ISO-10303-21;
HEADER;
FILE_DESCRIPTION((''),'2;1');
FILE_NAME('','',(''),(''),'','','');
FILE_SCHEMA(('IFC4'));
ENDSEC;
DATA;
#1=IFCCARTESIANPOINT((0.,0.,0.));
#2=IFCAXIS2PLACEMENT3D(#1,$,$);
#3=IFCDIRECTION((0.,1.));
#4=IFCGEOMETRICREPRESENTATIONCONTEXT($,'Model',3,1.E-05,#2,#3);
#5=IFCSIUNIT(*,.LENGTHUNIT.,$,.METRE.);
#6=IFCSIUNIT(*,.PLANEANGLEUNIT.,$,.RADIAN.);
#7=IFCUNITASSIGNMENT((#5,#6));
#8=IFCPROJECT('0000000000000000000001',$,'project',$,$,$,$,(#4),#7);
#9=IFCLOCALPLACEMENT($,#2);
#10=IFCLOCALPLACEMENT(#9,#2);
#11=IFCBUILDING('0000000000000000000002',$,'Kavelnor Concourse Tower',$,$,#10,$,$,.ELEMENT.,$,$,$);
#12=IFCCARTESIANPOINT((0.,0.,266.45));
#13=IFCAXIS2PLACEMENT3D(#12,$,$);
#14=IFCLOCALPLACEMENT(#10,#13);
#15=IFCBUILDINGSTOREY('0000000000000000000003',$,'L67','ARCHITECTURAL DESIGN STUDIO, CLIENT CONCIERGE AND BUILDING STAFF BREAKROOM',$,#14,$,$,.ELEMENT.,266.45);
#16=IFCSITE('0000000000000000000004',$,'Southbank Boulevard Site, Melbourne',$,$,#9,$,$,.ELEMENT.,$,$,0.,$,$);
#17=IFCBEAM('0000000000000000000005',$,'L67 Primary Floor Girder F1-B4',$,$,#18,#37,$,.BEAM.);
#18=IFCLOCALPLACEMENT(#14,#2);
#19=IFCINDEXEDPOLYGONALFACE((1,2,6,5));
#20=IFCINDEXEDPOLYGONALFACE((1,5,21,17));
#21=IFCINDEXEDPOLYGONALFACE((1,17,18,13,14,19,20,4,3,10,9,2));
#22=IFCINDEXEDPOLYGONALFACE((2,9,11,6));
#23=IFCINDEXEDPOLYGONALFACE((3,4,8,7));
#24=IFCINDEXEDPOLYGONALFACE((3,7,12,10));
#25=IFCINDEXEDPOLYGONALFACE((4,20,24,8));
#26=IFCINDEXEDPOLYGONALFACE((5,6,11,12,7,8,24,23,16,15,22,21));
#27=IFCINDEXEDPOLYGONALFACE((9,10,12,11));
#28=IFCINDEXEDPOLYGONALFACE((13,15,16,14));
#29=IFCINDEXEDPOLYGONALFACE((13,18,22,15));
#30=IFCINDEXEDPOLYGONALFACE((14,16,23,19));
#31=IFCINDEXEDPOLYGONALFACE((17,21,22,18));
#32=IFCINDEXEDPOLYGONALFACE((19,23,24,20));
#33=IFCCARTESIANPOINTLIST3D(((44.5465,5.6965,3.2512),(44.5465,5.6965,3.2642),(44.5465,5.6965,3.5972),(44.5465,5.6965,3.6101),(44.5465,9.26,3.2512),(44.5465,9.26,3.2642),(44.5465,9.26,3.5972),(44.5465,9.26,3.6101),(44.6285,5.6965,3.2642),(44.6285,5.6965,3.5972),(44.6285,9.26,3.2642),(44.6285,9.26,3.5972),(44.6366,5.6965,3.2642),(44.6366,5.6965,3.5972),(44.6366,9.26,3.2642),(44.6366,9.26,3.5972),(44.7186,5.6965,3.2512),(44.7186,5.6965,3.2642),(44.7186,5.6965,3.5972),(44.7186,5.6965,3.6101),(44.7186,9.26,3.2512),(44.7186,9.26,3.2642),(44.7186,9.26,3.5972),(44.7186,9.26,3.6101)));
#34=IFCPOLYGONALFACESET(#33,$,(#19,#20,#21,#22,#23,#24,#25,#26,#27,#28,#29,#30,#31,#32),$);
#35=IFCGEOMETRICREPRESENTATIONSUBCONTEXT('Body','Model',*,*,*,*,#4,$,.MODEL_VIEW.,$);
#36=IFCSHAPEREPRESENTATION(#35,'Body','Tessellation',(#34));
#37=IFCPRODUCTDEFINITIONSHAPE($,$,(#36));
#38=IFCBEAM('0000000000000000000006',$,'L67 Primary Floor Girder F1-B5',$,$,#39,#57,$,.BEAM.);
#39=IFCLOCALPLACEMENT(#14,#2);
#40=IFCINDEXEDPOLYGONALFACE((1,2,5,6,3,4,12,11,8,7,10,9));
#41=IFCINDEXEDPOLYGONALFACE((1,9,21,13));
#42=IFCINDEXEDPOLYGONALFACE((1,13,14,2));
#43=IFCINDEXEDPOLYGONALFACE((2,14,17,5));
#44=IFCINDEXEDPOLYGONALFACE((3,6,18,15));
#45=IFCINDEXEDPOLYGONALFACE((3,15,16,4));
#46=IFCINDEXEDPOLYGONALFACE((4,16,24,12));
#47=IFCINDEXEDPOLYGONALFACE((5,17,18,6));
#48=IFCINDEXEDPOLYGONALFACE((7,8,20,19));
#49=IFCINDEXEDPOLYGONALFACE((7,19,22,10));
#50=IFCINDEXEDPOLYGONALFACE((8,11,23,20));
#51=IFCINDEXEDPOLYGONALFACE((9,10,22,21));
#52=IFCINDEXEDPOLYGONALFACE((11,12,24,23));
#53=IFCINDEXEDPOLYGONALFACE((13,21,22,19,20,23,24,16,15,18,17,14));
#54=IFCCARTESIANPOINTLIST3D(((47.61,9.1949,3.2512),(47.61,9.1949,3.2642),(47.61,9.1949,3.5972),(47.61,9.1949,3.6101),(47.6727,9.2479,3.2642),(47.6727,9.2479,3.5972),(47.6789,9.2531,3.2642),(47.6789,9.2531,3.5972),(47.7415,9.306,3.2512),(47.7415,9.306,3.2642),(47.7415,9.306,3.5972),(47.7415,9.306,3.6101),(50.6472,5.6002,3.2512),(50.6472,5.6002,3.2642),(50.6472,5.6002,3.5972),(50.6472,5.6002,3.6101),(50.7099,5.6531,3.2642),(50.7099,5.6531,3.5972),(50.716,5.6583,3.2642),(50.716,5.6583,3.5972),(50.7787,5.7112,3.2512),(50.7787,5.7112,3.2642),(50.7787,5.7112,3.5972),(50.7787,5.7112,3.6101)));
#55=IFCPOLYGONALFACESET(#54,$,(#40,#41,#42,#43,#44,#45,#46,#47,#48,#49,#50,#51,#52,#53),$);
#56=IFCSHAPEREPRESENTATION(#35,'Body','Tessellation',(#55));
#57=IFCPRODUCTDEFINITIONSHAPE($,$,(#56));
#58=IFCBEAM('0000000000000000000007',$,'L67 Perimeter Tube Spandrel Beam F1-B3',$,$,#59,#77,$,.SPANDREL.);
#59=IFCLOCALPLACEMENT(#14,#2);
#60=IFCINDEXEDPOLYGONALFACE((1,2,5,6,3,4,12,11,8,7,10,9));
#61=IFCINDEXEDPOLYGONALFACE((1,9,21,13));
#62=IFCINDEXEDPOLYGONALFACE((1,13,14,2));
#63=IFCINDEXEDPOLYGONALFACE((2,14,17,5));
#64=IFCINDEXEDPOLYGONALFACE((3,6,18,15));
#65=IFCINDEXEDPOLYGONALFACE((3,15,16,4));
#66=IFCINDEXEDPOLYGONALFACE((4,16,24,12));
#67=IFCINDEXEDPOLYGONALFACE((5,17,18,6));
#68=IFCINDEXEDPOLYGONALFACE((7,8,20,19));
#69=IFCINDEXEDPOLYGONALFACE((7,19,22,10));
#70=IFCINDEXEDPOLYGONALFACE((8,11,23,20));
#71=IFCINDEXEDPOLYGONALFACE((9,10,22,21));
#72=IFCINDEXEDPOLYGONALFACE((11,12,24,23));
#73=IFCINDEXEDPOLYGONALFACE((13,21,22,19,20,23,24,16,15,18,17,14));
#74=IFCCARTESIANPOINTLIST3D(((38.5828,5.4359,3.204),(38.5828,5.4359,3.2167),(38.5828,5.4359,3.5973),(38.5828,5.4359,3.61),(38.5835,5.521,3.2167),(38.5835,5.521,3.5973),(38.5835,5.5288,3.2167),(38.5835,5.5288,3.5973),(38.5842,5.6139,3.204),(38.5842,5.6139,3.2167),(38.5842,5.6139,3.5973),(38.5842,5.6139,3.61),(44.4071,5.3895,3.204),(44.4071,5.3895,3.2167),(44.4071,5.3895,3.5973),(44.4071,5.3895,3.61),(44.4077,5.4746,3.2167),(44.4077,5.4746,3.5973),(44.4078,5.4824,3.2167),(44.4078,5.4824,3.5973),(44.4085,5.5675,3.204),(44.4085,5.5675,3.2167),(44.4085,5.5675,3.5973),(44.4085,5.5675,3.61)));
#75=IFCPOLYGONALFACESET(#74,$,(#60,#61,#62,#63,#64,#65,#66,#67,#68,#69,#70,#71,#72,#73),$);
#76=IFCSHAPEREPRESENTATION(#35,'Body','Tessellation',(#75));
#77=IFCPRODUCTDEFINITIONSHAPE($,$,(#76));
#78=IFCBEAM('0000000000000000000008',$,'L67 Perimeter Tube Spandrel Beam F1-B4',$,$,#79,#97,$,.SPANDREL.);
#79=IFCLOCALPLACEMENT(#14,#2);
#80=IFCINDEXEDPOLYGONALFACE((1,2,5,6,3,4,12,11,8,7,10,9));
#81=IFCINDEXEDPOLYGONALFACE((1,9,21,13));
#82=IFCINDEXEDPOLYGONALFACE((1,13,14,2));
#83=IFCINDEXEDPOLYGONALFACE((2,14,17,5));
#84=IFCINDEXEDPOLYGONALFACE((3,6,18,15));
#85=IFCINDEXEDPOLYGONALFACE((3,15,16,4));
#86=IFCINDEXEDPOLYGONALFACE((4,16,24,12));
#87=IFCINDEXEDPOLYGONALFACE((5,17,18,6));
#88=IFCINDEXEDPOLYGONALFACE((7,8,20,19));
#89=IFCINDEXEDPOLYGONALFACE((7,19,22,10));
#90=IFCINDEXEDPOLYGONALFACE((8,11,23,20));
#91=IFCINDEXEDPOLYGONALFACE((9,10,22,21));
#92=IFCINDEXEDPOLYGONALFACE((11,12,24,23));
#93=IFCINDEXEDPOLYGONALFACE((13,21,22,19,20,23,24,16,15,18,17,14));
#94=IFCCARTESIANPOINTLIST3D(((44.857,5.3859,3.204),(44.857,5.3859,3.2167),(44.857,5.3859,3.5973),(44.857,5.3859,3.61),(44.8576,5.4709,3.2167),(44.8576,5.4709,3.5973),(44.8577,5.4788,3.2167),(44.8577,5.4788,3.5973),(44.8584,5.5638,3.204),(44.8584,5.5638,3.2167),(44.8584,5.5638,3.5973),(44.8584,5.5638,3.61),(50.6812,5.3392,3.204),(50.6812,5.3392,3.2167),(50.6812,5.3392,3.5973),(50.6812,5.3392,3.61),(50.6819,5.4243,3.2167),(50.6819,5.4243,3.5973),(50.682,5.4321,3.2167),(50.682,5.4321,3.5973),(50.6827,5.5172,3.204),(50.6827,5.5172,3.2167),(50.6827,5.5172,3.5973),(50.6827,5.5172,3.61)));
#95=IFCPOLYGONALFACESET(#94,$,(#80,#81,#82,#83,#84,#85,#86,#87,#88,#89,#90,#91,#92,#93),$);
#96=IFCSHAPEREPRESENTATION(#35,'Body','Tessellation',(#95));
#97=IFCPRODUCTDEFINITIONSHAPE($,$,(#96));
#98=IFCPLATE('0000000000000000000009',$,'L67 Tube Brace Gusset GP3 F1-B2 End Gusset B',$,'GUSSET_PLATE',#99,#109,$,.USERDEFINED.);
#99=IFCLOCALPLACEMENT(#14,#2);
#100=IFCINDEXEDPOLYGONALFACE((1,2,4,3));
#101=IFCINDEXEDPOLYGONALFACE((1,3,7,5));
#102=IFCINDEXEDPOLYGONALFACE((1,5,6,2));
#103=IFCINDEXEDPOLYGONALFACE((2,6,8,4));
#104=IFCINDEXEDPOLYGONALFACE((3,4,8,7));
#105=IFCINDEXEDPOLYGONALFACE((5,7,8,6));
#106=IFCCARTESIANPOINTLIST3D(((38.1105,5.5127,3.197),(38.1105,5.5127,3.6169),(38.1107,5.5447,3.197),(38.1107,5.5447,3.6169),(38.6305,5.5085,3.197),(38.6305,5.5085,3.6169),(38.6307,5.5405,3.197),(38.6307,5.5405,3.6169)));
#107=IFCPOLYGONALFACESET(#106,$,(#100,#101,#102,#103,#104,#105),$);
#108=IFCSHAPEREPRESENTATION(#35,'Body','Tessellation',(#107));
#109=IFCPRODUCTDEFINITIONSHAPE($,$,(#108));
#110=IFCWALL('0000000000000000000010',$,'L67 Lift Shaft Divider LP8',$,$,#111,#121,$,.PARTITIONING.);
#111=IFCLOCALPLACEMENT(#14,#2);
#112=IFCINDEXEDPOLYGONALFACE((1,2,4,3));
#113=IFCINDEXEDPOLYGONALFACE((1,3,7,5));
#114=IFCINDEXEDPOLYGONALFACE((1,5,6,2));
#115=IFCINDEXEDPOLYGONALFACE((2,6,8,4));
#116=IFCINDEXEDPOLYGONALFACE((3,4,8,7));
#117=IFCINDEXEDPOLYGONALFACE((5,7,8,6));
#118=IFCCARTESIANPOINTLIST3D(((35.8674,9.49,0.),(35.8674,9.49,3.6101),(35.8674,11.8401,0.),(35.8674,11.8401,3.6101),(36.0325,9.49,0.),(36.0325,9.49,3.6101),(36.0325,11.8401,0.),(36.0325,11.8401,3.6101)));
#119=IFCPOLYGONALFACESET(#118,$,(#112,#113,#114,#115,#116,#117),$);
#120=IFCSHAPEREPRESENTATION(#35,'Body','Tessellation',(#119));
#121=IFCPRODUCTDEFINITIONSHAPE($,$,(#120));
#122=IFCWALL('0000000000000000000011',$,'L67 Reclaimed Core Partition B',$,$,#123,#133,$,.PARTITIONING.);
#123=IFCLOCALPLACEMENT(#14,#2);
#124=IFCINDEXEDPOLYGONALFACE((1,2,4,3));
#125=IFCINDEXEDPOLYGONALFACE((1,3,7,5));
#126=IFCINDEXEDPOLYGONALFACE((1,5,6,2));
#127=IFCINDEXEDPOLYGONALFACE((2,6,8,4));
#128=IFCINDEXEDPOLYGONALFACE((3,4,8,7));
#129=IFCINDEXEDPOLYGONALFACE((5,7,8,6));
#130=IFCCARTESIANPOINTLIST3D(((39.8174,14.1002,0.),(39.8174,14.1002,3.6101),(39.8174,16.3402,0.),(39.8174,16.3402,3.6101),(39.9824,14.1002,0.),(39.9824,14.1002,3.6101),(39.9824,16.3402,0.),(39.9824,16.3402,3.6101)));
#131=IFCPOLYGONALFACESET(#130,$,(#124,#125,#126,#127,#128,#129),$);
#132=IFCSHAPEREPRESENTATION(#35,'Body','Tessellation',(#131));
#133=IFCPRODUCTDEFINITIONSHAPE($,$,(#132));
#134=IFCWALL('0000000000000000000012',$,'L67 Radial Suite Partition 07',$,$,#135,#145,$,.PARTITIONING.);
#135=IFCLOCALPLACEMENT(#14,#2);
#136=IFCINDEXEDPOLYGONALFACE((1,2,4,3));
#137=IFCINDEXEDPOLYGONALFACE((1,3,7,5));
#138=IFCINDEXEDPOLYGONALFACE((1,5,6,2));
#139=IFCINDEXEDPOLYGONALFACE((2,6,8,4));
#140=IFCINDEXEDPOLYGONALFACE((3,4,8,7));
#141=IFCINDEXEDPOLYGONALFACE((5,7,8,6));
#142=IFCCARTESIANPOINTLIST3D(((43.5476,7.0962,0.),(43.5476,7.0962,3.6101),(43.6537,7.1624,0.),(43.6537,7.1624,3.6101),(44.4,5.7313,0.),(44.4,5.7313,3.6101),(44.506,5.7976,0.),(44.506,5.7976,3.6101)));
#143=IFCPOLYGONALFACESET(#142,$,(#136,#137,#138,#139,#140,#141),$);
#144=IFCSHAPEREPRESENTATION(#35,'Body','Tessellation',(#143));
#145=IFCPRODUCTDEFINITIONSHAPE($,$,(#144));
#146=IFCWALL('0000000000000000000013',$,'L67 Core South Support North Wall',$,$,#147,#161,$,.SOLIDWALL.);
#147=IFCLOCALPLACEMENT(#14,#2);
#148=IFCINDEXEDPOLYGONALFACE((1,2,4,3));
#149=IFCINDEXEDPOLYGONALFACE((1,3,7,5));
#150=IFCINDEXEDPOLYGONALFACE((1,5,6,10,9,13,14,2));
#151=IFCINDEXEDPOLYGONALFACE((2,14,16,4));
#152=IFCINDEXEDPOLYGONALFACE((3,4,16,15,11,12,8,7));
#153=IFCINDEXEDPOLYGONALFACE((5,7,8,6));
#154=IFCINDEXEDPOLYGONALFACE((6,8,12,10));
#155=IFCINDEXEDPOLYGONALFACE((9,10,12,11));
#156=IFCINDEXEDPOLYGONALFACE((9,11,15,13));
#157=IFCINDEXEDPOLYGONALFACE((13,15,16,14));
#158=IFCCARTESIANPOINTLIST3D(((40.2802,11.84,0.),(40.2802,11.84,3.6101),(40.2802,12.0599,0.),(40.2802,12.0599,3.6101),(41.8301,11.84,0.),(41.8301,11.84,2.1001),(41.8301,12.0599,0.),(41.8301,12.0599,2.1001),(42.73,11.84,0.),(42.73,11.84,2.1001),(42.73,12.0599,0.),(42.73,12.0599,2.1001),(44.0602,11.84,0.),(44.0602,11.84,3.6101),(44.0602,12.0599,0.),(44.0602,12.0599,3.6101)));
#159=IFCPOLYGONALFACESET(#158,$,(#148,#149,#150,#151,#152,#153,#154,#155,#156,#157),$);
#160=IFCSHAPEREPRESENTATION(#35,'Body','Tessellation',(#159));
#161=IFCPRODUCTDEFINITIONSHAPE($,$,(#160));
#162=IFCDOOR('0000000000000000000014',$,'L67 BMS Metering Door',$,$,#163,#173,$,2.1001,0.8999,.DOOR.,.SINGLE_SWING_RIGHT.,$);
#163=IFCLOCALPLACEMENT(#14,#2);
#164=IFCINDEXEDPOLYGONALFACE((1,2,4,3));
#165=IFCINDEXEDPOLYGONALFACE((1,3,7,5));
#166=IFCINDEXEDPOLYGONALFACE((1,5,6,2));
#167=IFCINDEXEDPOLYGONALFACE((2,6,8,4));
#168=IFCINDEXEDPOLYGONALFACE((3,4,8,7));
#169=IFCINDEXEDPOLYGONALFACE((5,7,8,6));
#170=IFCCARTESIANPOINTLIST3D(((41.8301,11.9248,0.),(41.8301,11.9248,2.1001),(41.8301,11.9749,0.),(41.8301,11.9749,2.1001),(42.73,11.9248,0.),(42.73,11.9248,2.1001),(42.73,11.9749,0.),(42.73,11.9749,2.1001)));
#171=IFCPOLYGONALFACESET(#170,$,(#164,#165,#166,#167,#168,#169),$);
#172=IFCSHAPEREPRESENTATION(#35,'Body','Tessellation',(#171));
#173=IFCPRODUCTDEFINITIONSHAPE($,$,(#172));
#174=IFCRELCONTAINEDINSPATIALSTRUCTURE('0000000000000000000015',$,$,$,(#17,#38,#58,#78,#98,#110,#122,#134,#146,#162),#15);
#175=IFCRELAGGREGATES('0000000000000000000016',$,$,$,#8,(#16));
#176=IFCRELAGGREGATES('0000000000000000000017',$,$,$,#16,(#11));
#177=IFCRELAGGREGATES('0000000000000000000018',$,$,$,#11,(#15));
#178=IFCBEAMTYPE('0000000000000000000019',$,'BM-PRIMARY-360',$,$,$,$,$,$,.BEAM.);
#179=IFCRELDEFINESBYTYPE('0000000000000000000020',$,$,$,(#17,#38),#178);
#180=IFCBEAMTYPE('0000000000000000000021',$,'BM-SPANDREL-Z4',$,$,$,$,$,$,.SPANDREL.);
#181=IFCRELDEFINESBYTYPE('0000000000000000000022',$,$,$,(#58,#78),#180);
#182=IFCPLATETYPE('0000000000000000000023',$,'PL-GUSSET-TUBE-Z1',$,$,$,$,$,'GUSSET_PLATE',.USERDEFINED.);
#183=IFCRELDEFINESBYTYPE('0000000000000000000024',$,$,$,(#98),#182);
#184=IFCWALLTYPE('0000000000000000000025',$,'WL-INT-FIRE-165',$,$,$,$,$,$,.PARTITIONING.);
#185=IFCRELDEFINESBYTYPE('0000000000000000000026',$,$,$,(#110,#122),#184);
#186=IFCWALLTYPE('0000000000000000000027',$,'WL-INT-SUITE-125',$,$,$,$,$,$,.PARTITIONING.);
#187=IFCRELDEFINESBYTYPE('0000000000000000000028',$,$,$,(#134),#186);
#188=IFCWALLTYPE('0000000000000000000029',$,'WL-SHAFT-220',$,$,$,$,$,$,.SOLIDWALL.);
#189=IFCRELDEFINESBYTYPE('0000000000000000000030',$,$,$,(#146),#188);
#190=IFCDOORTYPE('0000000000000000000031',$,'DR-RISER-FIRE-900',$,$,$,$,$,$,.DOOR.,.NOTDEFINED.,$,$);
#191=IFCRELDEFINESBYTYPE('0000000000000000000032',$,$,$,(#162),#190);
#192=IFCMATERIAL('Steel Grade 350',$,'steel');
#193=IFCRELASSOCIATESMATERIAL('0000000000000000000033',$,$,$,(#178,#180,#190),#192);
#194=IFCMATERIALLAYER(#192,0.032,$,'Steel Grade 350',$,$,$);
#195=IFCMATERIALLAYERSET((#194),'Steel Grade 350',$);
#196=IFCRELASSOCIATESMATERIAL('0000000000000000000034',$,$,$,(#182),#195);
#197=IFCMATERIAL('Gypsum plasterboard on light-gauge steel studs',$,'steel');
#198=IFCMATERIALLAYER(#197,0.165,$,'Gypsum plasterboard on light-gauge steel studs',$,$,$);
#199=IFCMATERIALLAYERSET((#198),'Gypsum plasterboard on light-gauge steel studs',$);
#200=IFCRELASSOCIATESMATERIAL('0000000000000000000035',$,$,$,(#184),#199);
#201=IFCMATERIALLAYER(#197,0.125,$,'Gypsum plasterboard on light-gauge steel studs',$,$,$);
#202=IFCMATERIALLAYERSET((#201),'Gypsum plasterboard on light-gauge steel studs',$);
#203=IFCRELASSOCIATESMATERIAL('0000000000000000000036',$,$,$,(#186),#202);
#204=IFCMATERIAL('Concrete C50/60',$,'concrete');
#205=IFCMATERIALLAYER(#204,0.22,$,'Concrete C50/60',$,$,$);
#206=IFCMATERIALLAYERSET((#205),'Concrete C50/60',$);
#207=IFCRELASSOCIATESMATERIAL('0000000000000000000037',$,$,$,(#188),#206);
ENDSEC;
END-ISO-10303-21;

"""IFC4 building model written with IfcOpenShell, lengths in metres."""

from ifc_helpers import new_model, si_unit, direction, frame, frame_2d, origin, origin_2d, place, context, subcontext, project, spatial, rectangle, i_section, extrude, material, layer, layer_set, material_profile, profile_set, type_object, element, fill, save


model = new_model("IFC4")

# Units and contexts
model_context = context("Model", 3, precision=1e-05, world=origin(), true_north=direction((0.0, 1.0)))
body_context = subcontext(model_context, "Body", "Model", "MODEL_VIEW")
ifc_project = project(units=[si_unit("LENGTHUNIT", "METRE"), si_unit("PLANEANGLEUNIT", "RADIAN")], contexts=[model_context])

# Site, building, storey
site_placement = place(None, origin())
site = spatial("IfcSite", under=ifc_project, at=site_placement, Name="Southbank Boulevard Site, Melbourne", CompositionType="ELEMENT", RefElevation=0.0)
building_placement = place(site_placement, origin())
building = spatial("IfcBuilding", under=site, at=building_placement, Name="Kavelnor Concourse Tower", CompositionType="ELEMENT")
storey_placement = place(building_placement, frame((0.0, 0.0, 266.45)))
storey = spatial("IfcBuildingStorey", under=building, at=storey_placement, Name="L67", Description="ARCHITECTURAL DESIGN STUDIO, CLIENT CONCIERGE AND BUILDING STAFF BREAKROOM", CompositionType="ELEMENT", Elevation=266.45)

# Shared definitions
ifc_material_1 = material(Name="Steel Grade 350", Category="steel")

# Beams
ifc_material_profile_1 = material_profile(ifc_material_1, i_section(OverallWidth=0.1721, OverallDepth=0.3589, WebThickness=0.0081, FlangeThickness=0.0129, at=origin_2d()), Name="360UB56")
ifc_profile_set_1 = profile_set([ifc_material_profile_1], Name="Steel Grade 350")
beam_type_1 = type_object("IfcBeamType", Name="BM-PRIMARY-360", PredefinedType="BEAM", material=ifc_profile_set_1)
beam_1_placement = place(storey_placement, frame((44.6326, 9.26, 3.4307), z_axis=(0.0, -1.0, 0.0), x_axis=(1.0, 0.0, 0.0)))
element("IfcBeam", 1, at=beam_1_placement, inside=storey, type_object=beam_type_1, Name="L67 Primary Floor Girder F1-B4", PredefinedType="BEAM", context=body_context, shape_type="SweptSolid", body=[
    extrude(i_section(OverallWidth=0.1721, OverallDepth=0.3589, WebThickness=0.0081, FlangeThickness=0.0129, at=origin_2d()), origin(), (0.0, 0.0, 1.0), 3.5635),
])
beam_2_placement = place(storey_placement, frame((47.6758, 9.2505, 3.4307), z_axis=(0.645375, -0.763866, 0.0), x_axis=(0.763866, 0.645375, 0.0)))
element("IfcBeam", 2, at=beam_2_placement, inside=storey, type_object=beam_type_1, Name="L67 Primary Floor Girder F1-B5", PredefinedType="BEAM", context=body_context, shape_type="SweptSolid", body=[
    extrude(i_section(OverallWidth=0.1721, OverallDepth=0.3589, WebThickness=0.0081, FlangeThickness=0.0129, at=origin_2d()), origin(), (0.0, 0.0, 1.0), 4.7061),
])
ifc_material_profile_2 = material_profile(ifc_material_1, i_section(OverallWidth=0.178, OverallDepth=0.406, WebThickness=0.0078, FlangeThickness=0.0127, at=origin_2d()), Name="410UB59")
ifc_profile_set_2 = profile_set([ifc_material_profile_2], Name="Steel Grade 350")
beam_type_2 = type_object("IfcBeamType", Name="BM-SPANDREL-Z4", PredefinedType="SPANDREL", material=ifc_profile_set_2)
for number, where, z_axis, x_axis, name in (
    (3, (38.5835, 5.5249, 3.407), (0.999968, -0.007964, 0.0), (0.007964, 0.999968, 0.0), "L67 Perimeter Tube Spandrel Beam F1-B3"),
    (4, (44.8577, 5.4749, 3.407), (0.999968, -0.008006, 0.0), (0.008006, 0.999968, 0.0), "L67 Perimeter Tube Spandrel Beam F1-B4"),
):
    element("IfcBeam", number, at=place(storey_placement, frame(where, z_axis=z_axis, x_axis=x_axis)), inside=storey, type_object=beam_type_2, Name=name, PredefinedType="SPANDREL", context=body_context, shape_type="SweptSolid", body=[
        extrude(i_section(OverallWidth=0.178, OverallDepth=0.406, WebThickness=0.0078, FlangeThickness=0.0127, at=origin_2d()), origin(), (0.0, 0.0, 1.0), 5.8245),
    ])

# Plate
ifc_layer_1 = layer(ifc_material_1, 0.032, Name="Steel Grade 350")
ifc_layer_set_1 = layer_set([ifc_layer_1], Name="Steel Grade 350")
plate_type = type_object("IfcPlateType", Name="PL-GUSSET-TUBE-Z1", ElementType="GUSSET_PLATE", PredefinedType="USERDEFINED", material=ifc_layer_set_1)
plate_placement = place(storey_placement, frame((38.3706, 5.5266, 3.197), z_axis=(0.0, 0.0, 1.0), x_axis=(0.999968, -0.008028, 0.0)))
element("IfcPlate", 5, at=plate_placement, inside=storey, type_object=plate_type, Name="L67 Tube Brace Gusset GP3 F1-B2 End Gusset B", ObjectType="GUSSET_PLATE", PredefinedType="USERDEFINED", context=body_context, shape_type="SweptSolid", body=[
    extrude(rectangle(XDim=0.52, YDim=0.032, at=origin_2d()), origin(), (0.0, 0.0, 1.0), 0.4199),
])

# Walls
ifc_material_2 = material(Name="Gypsum plasterboard on light-gauge steel studs", Category="steel")
ifc_layer_2 = layer(ifc_material_2, 0.165, Name="Gypsum plasterboard on light-gauge steel studs")
ifc_layer_set_2 = layer_set([ifc_layer_2], Name="Gypsum plasterboard on light-gauge steel studs")
wall_type_1 = type_object("IfcWallType", Name="WL-INT-FIRE-165", PredefinedType="PARTITIONING", material=ifc_layer_set_2)
wall_1_placement = place(storey_placement, frame((35.95, 9.49, 0.0), z_axis=(0.0, 0.0, 1.0), x_axis=(0.0, 1.0, 0.0)))
element("IfcWall", 6, at=wall_1_placement, inside=storey, type_object=wall_type_1, Name="L67 Lift Shaft Divider LP8", PredefinedType="PARTITIONING", context=body_context, shape_type="SweptSolid", body=[
    extrude(rectangle(XDim=2.3501, YDim=0.165, at=frame_2d((1.175, 0.0))), origin(), (0.0, 0.0, 1.0), 3.6101),
])
wall_2_placement = place(storey_placement, frame((39.8999, 14.1001, 0.0), z_axis=(0.0, 0.0, 1.0), x_axis=(0.0, 1.0, 0.0)))
element("IfcWall", 7, at=wall_2_placement, inside=storey, type_object=wall_type_1, Name="L67 Reclaimed Core Partition B", PredefinedType="PARTITIONING", context=body_context, shape_type="SweptSolid", body=[
    extrude(rectangle(XDim=2.24, YDim=0.165, at=frame_2d((1.1201, 0.0))), origin(), (0.0, 0.0, 1.0), 3.6101),
])
ifc_layer_3 = layer(ifc_material_2, 0.125, Name="Gypsum plasterboard on light-gauge steel studs")
ifc_layer_set_3 = layer_set([ifc_layer_3], Name="Gypsum plasterboard on light-gauge steel studs")
wall_type_2 = type_object("IfcWallType", Name="WL-INT-SUITE-125", PredefinedType="PARTITIONING", material=ifc_layer_set_3)
wall_3_placement = place(storey_placement, frame((43.6006, 7.1294, 0.0), z_axis=(0.0, 0.0, 1.0), x_axis=(0.529699, -0.848186, 0.0)))
element("IfcWall", 8, at=wall_3_placement, inside=storey, type_object=wall_type_2, Name="L67 Radial Suite Partition 07", PredefinedType="PARTITIONING", context=body_context, shape_type="SweptSolid", body=[
    extrude(rectangle(XDim=1.6091, YDim=0.125, at=frame_2d((0.8047, 0.0))), origin(), (0.0, 0.0, 1.0), 3.6101),
])

# Wall, opening, door
ifc_material_3 = material(Name="Concrete C50/60", Category="concrete")
ifc_layer_4 = layer(ifc_material_3, 0.22, Name="Concrete C50/60")
ifc_layer_set_4 = layer_set([ifc_layer_4], Name="Concrete C50/60")
wall_type_3 = type_object("IfcWallType", Name="WL-SHAFT-220", PredefinedType="SOLIDWALL", material=ifc_layer_set_4)
wall_4_placement = place(storey_placement, frame((40.28, 11.95, 0.0), z_axis=(0.0, 0.0, 1.0), x_axis=(1.0, 0.0, 0.0)))
wall_4 = element("IfcWall", 9, at=wall_4_placement, inside=storey, type_object=wall_type_3, Name="L67 Core South Support North Wall", PredefinedType="SOLIDWALL", context=body_context, shape_type="SweptSolid", body=[
    extrude(rectangle(XDim=3.78, YDim=0.22, at=frame_2d((1.8901, 0.0))), origin(), (0.0, 0.0, 1.0), 3.6101),
])
opening_1_placement = place(wall_4_placement, frame((1.55, 0.0, 0.0)))
opening_1 = element("IfcOpeningElement", 10, at=opening_1_placement, cuts=wall_4, PredefinedType="OPENING", context=body_context, shape_type="SweptSolid", body=[
    extrude(rectangle(XDim=0.8999, YDim=2.1001, at=frame_2d((0.45, 1.05))), frame((0.0, 0.1201, 0.0), z_axis=(0.0, -1.0, 0.0), x_axis=(1.0, 0.0, 0.0)), (0.0, 0.0, 1.0), 0.24),
])
door_type_1 = type_object("IfcDoorType", Name="DR-RISER-FIRE-900", OperationType="NOTDEFINED", PredefinedType="DOOR", material=ifc_material_1)
door_1_placement = place(opening_1_placement, origin())
door_1 = element("IfcDoor", 11, at=door_1_placement, inside=storey, type_object=door_type_1, Name="L67 BMS Metering Door", OperationType="SINGLE_SWING_RIGHT", OverallHeight=2.1001, OverallWidth=0.8999, PredefinedType="DOOR", context=body_context, shape_type="SweptSolid", body=[
    extrude(rectangle(XDim=0.8999, YDim=2.1001, at=frame_2d((0.45, 1.05))), frame((0.0, 0.0249, 0.0), z_axis=(0.0, -1.0, 0.0), x_axis=(1.0, 0.0, 0.0)), (0.0, 0.0, 1.0), 0.05),
])
fill(opening_1, door_1)

save(model, "model.ifc")
